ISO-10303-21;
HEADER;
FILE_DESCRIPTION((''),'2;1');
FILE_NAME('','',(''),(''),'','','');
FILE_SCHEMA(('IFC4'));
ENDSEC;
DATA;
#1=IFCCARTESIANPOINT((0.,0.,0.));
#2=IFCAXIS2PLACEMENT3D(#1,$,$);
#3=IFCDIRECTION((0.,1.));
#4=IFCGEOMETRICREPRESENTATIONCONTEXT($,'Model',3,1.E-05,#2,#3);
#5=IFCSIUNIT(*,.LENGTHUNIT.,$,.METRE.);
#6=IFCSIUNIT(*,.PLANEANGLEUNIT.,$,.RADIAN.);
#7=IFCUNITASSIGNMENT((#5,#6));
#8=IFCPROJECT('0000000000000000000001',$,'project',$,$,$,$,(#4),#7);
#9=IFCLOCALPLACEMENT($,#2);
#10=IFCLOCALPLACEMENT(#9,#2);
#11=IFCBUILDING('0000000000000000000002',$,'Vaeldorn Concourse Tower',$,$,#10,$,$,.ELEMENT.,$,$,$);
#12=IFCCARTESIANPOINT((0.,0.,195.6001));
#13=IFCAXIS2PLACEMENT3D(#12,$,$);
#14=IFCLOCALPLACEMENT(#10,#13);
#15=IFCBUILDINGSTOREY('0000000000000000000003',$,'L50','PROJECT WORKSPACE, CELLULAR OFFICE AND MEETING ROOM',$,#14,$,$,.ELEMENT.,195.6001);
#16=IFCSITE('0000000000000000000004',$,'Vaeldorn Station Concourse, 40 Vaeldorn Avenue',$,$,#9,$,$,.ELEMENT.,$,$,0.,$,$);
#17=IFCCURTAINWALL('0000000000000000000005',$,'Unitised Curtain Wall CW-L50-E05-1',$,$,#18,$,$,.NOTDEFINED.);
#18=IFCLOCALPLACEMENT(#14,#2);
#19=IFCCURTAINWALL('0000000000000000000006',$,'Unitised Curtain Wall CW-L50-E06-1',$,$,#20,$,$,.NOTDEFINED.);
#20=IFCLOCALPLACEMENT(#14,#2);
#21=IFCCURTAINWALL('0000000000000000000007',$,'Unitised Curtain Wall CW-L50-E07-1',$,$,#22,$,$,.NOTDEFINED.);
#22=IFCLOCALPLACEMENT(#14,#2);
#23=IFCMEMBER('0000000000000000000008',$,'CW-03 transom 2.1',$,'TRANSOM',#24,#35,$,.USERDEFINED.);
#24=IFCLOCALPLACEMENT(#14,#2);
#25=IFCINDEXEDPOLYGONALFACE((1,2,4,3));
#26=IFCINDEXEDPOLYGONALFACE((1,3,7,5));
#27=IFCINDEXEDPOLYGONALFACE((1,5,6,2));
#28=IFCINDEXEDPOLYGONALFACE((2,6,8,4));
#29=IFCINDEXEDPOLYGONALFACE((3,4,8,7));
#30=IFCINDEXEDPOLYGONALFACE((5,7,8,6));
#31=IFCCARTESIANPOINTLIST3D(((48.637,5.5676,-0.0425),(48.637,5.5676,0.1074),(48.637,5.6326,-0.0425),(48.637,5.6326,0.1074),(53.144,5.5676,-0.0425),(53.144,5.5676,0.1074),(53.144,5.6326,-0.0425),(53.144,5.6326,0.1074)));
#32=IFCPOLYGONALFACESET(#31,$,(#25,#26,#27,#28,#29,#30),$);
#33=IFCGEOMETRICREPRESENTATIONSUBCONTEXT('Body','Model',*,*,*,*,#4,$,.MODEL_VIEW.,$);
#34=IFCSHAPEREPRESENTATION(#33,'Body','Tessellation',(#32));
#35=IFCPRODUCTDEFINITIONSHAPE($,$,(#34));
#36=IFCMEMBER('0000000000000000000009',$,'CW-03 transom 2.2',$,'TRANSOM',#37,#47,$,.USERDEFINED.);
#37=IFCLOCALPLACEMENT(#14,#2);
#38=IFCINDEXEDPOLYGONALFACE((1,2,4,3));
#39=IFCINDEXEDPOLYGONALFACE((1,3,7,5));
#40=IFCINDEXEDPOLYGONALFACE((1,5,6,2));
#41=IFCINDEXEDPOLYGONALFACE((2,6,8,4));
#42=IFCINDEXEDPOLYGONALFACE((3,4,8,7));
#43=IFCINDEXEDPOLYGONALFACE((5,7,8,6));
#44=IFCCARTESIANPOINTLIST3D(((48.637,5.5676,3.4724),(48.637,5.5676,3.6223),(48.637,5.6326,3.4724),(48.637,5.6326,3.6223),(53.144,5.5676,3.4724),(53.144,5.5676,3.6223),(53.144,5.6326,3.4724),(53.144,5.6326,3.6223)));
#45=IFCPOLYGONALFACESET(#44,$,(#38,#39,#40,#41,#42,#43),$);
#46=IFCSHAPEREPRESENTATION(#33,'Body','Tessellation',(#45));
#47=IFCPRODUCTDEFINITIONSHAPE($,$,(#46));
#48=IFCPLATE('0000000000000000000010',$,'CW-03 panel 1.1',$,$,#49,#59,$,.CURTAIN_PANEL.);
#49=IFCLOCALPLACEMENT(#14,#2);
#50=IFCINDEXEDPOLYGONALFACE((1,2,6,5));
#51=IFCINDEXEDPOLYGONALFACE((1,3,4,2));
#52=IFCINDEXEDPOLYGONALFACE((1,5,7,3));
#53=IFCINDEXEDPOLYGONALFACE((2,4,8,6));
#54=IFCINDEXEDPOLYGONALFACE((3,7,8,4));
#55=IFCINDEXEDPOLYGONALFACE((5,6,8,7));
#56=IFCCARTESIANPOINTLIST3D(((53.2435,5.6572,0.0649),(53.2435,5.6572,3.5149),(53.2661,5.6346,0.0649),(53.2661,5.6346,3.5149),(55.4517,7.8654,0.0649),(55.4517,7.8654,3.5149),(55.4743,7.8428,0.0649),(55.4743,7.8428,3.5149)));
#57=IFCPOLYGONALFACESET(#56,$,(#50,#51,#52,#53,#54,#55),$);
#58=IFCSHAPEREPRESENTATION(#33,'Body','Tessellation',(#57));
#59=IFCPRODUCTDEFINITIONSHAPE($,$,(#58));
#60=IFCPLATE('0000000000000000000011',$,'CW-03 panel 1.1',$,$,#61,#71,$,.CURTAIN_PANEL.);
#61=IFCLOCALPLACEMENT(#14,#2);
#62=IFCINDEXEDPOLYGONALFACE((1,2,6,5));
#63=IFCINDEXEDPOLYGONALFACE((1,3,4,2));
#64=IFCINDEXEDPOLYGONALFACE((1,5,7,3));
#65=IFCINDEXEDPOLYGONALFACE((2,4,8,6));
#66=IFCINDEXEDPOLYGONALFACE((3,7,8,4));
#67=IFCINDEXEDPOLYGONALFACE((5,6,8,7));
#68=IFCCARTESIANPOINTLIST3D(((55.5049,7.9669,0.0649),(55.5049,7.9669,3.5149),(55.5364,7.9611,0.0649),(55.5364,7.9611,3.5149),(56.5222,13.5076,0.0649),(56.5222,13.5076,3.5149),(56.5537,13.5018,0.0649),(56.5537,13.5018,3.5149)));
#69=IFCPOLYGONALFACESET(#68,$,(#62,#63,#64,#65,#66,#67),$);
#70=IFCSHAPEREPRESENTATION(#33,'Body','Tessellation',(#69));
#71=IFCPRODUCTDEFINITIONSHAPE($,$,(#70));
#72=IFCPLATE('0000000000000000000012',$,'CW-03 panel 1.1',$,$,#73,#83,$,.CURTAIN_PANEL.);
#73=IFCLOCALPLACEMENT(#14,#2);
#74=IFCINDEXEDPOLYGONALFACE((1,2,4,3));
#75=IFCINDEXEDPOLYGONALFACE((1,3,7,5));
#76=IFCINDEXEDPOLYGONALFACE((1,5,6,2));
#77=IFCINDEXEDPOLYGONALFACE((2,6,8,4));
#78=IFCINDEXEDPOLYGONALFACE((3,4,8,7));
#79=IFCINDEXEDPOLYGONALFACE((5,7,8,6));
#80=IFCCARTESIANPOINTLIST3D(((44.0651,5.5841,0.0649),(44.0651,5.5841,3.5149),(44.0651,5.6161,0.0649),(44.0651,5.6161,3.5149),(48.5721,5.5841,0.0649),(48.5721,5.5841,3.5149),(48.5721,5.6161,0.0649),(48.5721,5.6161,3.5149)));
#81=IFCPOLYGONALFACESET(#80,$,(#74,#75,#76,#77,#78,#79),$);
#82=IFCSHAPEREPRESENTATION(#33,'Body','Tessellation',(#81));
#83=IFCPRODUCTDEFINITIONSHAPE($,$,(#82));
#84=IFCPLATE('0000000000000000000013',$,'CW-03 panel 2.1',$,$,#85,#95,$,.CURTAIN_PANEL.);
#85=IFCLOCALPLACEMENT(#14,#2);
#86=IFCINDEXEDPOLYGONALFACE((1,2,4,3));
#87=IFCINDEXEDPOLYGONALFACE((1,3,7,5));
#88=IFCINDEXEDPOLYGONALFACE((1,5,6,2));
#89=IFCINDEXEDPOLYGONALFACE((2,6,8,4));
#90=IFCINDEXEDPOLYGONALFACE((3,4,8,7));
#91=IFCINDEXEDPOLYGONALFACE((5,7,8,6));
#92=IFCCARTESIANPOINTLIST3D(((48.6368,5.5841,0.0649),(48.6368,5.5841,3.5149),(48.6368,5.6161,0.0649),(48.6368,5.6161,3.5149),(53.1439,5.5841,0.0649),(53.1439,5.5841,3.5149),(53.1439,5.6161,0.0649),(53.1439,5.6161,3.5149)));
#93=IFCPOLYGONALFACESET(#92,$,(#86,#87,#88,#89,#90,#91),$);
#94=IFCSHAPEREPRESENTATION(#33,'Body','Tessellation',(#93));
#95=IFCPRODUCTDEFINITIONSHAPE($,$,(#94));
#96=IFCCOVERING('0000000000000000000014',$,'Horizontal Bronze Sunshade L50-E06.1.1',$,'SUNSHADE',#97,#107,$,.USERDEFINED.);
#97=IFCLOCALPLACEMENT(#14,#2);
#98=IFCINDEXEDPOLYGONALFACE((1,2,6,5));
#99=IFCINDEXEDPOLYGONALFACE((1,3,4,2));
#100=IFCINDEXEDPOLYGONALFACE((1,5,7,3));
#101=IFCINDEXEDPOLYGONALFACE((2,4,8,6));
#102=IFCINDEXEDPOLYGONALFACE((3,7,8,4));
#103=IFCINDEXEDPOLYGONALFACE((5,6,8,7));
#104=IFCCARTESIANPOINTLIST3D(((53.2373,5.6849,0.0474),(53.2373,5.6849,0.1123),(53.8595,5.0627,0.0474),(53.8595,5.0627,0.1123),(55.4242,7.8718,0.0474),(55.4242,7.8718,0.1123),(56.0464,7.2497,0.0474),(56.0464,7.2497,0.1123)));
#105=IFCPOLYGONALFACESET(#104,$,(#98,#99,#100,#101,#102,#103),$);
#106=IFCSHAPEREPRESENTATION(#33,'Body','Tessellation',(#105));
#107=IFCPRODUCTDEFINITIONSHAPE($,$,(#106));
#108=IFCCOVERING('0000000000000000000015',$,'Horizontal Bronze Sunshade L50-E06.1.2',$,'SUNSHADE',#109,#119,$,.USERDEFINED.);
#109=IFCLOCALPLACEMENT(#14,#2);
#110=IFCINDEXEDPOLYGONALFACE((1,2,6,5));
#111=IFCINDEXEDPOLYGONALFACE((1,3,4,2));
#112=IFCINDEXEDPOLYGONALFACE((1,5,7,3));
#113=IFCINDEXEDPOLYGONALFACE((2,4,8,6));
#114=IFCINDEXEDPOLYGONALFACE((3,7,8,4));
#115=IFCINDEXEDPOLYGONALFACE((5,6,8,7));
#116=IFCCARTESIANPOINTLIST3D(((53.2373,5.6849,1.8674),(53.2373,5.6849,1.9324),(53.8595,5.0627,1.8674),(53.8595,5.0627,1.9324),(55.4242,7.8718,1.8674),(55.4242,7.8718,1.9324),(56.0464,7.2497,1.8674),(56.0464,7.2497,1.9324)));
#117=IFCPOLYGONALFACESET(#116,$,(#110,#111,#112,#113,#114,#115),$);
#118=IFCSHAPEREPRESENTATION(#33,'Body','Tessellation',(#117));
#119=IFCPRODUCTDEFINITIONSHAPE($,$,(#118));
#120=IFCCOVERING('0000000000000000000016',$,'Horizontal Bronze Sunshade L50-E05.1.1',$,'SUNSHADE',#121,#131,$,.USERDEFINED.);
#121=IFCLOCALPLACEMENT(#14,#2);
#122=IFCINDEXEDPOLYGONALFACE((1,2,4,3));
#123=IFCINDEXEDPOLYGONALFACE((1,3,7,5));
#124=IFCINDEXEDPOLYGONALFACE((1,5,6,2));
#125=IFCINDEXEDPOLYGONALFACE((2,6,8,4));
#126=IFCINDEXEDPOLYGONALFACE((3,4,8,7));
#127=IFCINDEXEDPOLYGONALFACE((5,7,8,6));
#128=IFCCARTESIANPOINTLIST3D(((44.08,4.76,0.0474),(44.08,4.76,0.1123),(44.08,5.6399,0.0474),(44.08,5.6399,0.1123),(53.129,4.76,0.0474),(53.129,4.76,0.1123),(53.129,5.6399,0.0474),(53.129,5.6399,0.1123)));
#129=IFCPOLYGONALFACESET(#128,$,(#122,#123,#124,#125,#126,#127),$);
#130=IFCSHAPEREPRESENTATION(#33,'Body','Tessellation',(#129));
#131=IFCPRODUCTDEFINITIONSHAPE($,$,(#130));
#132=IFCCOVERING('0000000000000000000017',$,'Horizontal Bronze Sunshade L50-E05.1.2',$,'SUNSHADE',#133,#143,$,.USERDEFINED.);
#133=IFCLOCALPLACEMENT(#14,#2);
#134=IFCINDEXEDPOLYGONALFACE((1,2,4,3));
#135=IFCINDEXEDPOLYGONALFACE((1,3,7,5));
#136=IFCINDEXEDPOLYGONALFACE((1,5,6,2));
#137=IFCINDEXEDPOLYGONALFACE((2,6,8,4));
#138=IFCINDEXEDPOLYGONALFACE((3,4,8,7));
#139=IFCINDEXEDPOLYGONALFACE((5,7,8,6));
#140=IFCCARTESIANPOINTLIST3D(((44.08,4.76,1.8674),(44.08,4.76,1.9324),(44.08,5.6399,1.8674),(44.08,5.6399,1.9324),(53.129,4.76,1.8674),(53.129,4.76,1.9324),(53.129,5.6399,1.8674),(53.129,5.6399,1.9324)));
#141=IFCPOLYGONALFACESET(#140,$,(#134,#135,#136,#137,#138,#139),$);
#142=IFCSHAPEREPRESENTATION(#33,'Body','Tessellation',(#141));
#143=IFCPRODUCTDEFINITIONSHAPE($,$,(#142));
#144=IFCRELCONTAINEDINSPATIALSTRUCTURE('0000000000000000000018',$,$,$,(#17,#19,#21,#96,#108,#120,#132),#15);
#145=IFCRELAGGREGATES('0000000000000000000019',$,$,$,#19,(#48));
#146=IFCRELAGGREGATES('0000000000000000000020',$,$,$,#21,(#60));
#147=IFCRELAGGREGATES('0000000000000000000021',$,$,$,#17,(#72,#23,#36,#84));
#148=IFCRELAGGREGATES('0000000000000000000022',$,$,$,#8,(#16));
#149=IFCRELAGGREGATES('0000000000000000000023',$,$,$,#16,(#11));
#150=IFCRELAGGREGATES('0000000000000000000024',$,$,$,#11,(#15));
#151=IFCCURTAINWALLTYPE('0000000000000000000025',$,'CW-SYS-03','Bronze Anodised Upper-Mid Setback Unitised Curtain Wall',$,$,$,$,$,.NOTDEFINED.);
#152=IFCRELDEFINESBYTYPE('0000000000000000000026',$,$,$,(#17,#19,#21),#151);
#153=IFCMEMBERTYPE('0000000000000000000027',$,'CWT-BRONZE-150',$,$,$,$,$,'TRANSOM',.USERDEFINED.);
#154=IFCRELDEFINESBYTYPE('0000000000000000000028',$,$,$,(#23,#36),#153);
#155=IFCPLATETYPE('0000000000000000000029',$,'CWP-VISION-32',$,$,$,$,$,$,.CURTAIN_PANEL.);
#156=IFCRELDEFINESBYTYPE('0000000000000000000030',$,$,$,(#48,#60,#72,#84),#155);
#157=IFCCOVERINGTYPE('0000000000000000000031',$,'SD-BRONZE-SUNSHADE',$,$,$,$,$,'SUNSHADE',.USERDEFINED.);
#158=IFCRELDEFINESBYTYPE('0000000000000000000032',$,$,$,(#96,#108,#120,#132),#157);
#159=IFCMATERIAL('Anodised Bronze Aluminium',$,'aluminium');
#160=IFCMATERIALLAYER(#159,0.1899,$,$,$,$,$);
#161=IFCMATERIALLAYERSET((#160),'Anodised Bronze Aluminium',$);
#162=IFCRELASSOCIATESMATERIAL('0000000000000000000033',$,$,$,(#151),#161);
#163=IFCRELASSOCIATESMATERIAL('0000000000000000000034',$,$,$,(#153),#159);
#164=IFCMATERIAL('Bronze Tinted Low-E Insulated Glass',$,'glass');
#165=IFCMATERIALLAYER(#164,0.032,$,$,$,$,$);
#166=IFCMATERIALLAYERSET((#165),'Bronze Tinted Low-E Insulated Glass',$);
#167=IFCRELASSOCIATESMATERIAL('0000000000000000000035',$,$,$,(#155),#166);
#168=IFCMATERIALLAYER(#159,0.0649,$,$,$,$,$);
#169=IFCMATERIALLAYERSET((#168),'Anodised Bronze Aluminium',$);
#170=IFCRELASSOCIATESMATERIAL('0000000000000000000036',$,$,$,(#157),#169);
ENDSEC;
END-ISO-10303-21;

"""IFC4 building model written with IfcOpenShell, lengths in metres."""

from ifc_helpers import new_model, si_unit, direction, frame, origin, origin_2d, place, context, subcontext, project, spatial, rectangle, extrude, source, transform, mapped, material, layer, layer_set, material_profile, profile_set, type_object, element, aggregate, save


model = new_model("IFC4")

# Units and contexts
model_context = context("Model", 3, precision=1e-05, world=origin(), true_north=direction((0.0, 1.0)))
body_context = subcontext(model_context, "Body", "Model", "MODEL_VIEW")
ifc_project = project(units=[si_unit("LENGTHUNIT", "METRE"), si_unit("PLANEANGLEUNIT", "RADIAN")], contexts=[model_context])

# Site, building, storey
site_placement = place(None, origin())
site = spatial("IfcSite", under=ifc_project, at=site_placement, Name="Vaeldorn Station Concourse, 40 Vaeldorn Avenue", CompositionType="ELEMENT", RefElevation=0.0)
building_placement = place(site_placement, origin())
building = spatial("IfcBuilding", under=site, at=building_placement, Name="Vaeldorn Concourse Tower", CompositionType="ELEMENT")
storey_placement = place(building_placement, frame((0.0, 0.0, 195.6001)))
storey = spatial("IfcBuildingStorey", under=building, at=storey_placement, Name="L50", Description="PROJECT WORKSPACE, CELLULAR OFFICE AND MEETING ROOM", CompositionType="ELEMENT", Elevation=195.6001)

# Curtain walls
ifc_material_1 = material(Name="Anodised Bronze Aluminium", Category="aluminium")
ifc_layer_1 = layer(ifc_material_1, 0.1899)
ifc_layer_set_1 = layer_set([ifc_layer_1], Name="Anodised Bronze Aluminium")
curtain_wall_type = type_object("IfcCurtainWallType", Name="CW-SYS-03", Description="Bronze Anodised Upper-Mid Setback Unitised Curtain Wall", PredefinedType="NOTDEFINED", material=ifc_layer_set_1)
curtain_wall_1_placement = place(storey_placement, origin())
curtain_wall_1 = element("IfcCurtainWall", 1, at=curtain_wall_1_placement, inside=storey, type_object=curtain_wall_type, Name="Unitised Curtain Wall CW-L50-E05-1", PredefinedType="NOTDEFINED")
curtain_wall_2_placement = place(storey_placement, origin())
curtain_wall_2 = element("IfcCurtainWall", 2, at=curtain_wall_2_placement, inside=storey, type_object=curtain_wall_type, Name="Unitised Curtain Wall CW-L50-E06-1", PredefinedType="NOTDEFINED")
curtain_wall_3_placement = place(storey_placement, origin())
curtain_wall_3 = element("IfcCurtainWall", 3, at=curtain_wall_3_placement, inside=storey, type_object=curtain_wall_type, Name="Unitised Curtain Wall CW-L50-E07-1", PredefinedType="NOTDEFINED")

# Members
ifc_material_profile_1 = material_profile(ifc_material_1, rectangle(XDim=0.0649, YDim=0.1499, at=origin_2d()), Name="CWT 65x150")
ifc_profile_set_1 = profile_set([ifc_material_profile_1], Name="Anodised Bronze Aluminium")
member_type_1 = type_object("IfcMemberType", Name="CWT-BRONZE-150", ElementType="TRANSOM", PredefinedType="USERDEFINED", material=ifc_profile_set_1)
shared_shape_1 = source(origin(), body_context, "Body", "SweptSolid", [
    extrude(rectangle(XDim=0.0649, YDim=0.1499, at=origin_2d()), origin(), (0.0, 0.0, 1.0), 4.5071),
])
member_1_placement = place(storey_placement, frame((48.637, 5.6001, 0.0325), z_axis=(1.0, 0.0, 0.0), x_axis=(0.0, 1.0, 0.0)))
member_1 = element("IfcMember", 4, at=member_1_placement, type_object=member_type_1, Name="CW-03 transom 2.1", ObjectType="TRANSOM", PredefinedType="USERDEFINED", context=body_context, shape_type="MappedRepresentation", body=[
    mapped(shared_shape_1, transform((0.0, 0.0, 0.0), scale=1.0)),
])
member_2_placement = place(storey_placement, frame((48.637, 5.6001, 3.5474), z_axis=(1.0, 0.0, 0.0), x_axis=(0.0, 1.0, 0.0)))
member_2 = element("IfcMember", 5, at=member_2_placement, type_object=member_type_1, Name="CW-03 transom 2.2", ObjectType="TRANSOM", PredefinedType="USERDEFINED", context=body_context, shape_type="MappedRepresentation", body=[
    mapped(shared_shape_1, transform((0.0, 0.0, 0.0), scale=1.0)),
])

# Plates
ifc_material_2 = material(Name="Bronze Tinted Low-E Insulated Glass", Category="glass")
ifc_layer_2 = layer(ifc_material_2, 0.032)
ifc_layer_set_2 = layer_set([ifc_layer_2], Name="Bronze Tinted Low-E Insulated Glass")
plate_type = type_object("IfcPlateType", Name="CWP-VISION-32", PredefinedType="CURTAIN_PANEL", material=ifc_layer_set_2)
shared_shape_2 = source(origin(), body_context, "Body", "SweptSolid", [
    extrude(rectangle(XDim=3.1228, YDim=0.032, at=origin_2d()), origin(), (0.0, 0.0, 1.0), 3.45),
])
plate_1_placement = place(storey_placement, frame((54.3589, 6.75, 0.0649), z_axis=(0.0, 0.0, 1.0), x_axis=(0.707107, 0.707107, 0.0)))
plate_1 = element("IfcPlate", 6, at=plate_1_placement, type_object=plate_type, Name="CW-03 panel 1.1", PredefinedType="CURTAIN_PANEL", context=body_context, shape_type="MappedRepresentation", body=[
    mapped(shared_shape_2, transform((0.0, 0.0, 0.0), scale=1.0)),
])
aggregate(curtain_wall_2, [plate_1])
shared_shape_3 = source(origin(), body_context, "Body", "SweptSolid", [
    extrude(rectangle(XDim=5.6333, YDim=0.032, at=origin_2d()), origin(), (0.0, 0.0, 1.0), 3.45),
])
plate_2_placement = place(storey_placement, frame((56.0293, 10.7344, 0.0649), z_axis=(0.0, 0.0, 1.0), x_axis=(0.180585, 0.983559, 0.0)))
plate_2 = element("IfcPlate", 7, at=plate_2_placement, type_object=plate_type, Name="CW-03 panel 1.1", PredefinedType="CURTAIN_PANEL", context=body_context, shape_type="MappedRepresentation", body=[
    mapped(shared_shape_3, transform((0.0, 0.0, 0.0), scale=1.0)),
])
aggregate(curtain_wall_3, [plate_2])
shared_shape_4 = source(origin(), body_context, "Body", "SweptSolid", [
    extrude(rectangle(XDim=4.5071, YDim=0.032, at=origin_2d()), origin(), (0.0, 0.0, 1.0), 3.45),
])
plate_3_placement = place(storey_placement, frame((46.3186, 5.6001, 0.0649), z_axis=(0.0, 0.0, 1.0), x_axis=(1.0, 0.0, 0.0)))
plate_3 = element("IfcPlate", 8, at=plate_3_placement, type_object=plate_type, Name="CW-03 panel 1.1", PredefinedType="CURTAIN_PANEL", context=body_context, shape_type="MappedRepresentation", body=[
    mapped(shared_shape_4, transform((0.0, 0.0, 0.0), scale=1.0)),
])
plate_4_placement = place(storey_placement, frame((50.8904, 5.6001, 0.0649), z_axis=(0.0, 0.0, 1.0), x_axis=(1.0, 0.0, 0.0)))
plate_4 = element("IfcPlate", 9, at=plate_4_placement, type_object=plate_type, Name="CW-03 panel 2.1", PredefinedType="CURTAIN_PANEL", context=body_context, shape_type="MappedRepresentation", body=[
    mapped(shared_shape_4, transform((0.0, 0.0, 0.0), scale=1.0)),
])
aggregate(curtain_wall_1, [plate_3, member_1, member_2, plate_4])

# Coverings
ifc_layer_3 = layer(ifc_material_1, 0.0649)
ifc_layer_set_3 = layer_set([ifc_layer_3], Name="Anodised Bronze Aluminium")
covering_type = type_object("IfcCoveringType", Name="SD-BRONZE-SUNSHADE", ElementType="SUNSHADE", PredefinedType="USERDEFINED", material=ifc_layer_set_3)
shared_shape_5 = source(origin(), body_context, "Body", "SweptSolid", [
    extrude(rectangle(XDim=3.0928, YDim=0.8799, at=origin_2d()), origin(), (0.0, 0.0, 1.0), 0.0649),
])
for number, where, z_axis, x_axis, name in (
    (10, (54.6418, 6.4673, 0.0474), (0.0, 0.0, 1.0), (0.707107, 0.707107, 0.0), "Horizontal Bronze Sunshade L50-E06.1.1"),
    (11, (54.6418, 6.4673, 1.8674), (0.0, 0.0, 1.0), (0.707107, 0.707107, 0.0), "Horizontal Bronze Sunshade L50-E06.1.2"),
):
    element("IfcCovering", number, at=place(storey_placement, frame(where, z_axis=z_axis, x_axis=x_axis)), inside=storey, type_object=covering_type, Name=name, ObjectType="SUNSHADE", PredefinedType="USERDEFINED", context=body_context, shape_type="MappedRepresentation", body=[
        mapped(shared_shape_5, transform((0.0, 0.0, 0.0), scale=1.0)),
    ])
shared_shape_6 = source(origin(), body_context, "Body", "SweptSolid", [
    extrude(rectangle(XDim=9.0491, YDim=0.8799, at=origin_2d()), origin(), (0.0, 0.0, 1.0), 0.0649),
])
for number, where, z_axis, x_axis, name in (
    (12, (48.6045, 5.2, 0.0474), (0.0, 0.0, 1.0), (1.0, 0.0, 0.0), "Horizontal Bronze Sunshade L50-E05.1.1"),
    (13, (48.6045, 5.2, 1.8674), (0.0, 0.0, 1.0), (1.0, 0.0, 0.0), "Horizontal Bronze Sunshade L50-E05.1.2"),
):
    element("IfcCovering", number, at=place(storey_placement, frame(where, z_axis=z_axis, x_axis=x_axis)), inside=storey, type_object=covering_type, Name=name, ObjectType="SUNSHADE", PredefinedType="USERDEFINED", context=body_context, shape_type="MappedRepresentation", body=[
        mapped(shared_shape_6, transform((0.0, 0.0, 0.0), scale=1.0)),
    ])

save(model, "model.ifc")
